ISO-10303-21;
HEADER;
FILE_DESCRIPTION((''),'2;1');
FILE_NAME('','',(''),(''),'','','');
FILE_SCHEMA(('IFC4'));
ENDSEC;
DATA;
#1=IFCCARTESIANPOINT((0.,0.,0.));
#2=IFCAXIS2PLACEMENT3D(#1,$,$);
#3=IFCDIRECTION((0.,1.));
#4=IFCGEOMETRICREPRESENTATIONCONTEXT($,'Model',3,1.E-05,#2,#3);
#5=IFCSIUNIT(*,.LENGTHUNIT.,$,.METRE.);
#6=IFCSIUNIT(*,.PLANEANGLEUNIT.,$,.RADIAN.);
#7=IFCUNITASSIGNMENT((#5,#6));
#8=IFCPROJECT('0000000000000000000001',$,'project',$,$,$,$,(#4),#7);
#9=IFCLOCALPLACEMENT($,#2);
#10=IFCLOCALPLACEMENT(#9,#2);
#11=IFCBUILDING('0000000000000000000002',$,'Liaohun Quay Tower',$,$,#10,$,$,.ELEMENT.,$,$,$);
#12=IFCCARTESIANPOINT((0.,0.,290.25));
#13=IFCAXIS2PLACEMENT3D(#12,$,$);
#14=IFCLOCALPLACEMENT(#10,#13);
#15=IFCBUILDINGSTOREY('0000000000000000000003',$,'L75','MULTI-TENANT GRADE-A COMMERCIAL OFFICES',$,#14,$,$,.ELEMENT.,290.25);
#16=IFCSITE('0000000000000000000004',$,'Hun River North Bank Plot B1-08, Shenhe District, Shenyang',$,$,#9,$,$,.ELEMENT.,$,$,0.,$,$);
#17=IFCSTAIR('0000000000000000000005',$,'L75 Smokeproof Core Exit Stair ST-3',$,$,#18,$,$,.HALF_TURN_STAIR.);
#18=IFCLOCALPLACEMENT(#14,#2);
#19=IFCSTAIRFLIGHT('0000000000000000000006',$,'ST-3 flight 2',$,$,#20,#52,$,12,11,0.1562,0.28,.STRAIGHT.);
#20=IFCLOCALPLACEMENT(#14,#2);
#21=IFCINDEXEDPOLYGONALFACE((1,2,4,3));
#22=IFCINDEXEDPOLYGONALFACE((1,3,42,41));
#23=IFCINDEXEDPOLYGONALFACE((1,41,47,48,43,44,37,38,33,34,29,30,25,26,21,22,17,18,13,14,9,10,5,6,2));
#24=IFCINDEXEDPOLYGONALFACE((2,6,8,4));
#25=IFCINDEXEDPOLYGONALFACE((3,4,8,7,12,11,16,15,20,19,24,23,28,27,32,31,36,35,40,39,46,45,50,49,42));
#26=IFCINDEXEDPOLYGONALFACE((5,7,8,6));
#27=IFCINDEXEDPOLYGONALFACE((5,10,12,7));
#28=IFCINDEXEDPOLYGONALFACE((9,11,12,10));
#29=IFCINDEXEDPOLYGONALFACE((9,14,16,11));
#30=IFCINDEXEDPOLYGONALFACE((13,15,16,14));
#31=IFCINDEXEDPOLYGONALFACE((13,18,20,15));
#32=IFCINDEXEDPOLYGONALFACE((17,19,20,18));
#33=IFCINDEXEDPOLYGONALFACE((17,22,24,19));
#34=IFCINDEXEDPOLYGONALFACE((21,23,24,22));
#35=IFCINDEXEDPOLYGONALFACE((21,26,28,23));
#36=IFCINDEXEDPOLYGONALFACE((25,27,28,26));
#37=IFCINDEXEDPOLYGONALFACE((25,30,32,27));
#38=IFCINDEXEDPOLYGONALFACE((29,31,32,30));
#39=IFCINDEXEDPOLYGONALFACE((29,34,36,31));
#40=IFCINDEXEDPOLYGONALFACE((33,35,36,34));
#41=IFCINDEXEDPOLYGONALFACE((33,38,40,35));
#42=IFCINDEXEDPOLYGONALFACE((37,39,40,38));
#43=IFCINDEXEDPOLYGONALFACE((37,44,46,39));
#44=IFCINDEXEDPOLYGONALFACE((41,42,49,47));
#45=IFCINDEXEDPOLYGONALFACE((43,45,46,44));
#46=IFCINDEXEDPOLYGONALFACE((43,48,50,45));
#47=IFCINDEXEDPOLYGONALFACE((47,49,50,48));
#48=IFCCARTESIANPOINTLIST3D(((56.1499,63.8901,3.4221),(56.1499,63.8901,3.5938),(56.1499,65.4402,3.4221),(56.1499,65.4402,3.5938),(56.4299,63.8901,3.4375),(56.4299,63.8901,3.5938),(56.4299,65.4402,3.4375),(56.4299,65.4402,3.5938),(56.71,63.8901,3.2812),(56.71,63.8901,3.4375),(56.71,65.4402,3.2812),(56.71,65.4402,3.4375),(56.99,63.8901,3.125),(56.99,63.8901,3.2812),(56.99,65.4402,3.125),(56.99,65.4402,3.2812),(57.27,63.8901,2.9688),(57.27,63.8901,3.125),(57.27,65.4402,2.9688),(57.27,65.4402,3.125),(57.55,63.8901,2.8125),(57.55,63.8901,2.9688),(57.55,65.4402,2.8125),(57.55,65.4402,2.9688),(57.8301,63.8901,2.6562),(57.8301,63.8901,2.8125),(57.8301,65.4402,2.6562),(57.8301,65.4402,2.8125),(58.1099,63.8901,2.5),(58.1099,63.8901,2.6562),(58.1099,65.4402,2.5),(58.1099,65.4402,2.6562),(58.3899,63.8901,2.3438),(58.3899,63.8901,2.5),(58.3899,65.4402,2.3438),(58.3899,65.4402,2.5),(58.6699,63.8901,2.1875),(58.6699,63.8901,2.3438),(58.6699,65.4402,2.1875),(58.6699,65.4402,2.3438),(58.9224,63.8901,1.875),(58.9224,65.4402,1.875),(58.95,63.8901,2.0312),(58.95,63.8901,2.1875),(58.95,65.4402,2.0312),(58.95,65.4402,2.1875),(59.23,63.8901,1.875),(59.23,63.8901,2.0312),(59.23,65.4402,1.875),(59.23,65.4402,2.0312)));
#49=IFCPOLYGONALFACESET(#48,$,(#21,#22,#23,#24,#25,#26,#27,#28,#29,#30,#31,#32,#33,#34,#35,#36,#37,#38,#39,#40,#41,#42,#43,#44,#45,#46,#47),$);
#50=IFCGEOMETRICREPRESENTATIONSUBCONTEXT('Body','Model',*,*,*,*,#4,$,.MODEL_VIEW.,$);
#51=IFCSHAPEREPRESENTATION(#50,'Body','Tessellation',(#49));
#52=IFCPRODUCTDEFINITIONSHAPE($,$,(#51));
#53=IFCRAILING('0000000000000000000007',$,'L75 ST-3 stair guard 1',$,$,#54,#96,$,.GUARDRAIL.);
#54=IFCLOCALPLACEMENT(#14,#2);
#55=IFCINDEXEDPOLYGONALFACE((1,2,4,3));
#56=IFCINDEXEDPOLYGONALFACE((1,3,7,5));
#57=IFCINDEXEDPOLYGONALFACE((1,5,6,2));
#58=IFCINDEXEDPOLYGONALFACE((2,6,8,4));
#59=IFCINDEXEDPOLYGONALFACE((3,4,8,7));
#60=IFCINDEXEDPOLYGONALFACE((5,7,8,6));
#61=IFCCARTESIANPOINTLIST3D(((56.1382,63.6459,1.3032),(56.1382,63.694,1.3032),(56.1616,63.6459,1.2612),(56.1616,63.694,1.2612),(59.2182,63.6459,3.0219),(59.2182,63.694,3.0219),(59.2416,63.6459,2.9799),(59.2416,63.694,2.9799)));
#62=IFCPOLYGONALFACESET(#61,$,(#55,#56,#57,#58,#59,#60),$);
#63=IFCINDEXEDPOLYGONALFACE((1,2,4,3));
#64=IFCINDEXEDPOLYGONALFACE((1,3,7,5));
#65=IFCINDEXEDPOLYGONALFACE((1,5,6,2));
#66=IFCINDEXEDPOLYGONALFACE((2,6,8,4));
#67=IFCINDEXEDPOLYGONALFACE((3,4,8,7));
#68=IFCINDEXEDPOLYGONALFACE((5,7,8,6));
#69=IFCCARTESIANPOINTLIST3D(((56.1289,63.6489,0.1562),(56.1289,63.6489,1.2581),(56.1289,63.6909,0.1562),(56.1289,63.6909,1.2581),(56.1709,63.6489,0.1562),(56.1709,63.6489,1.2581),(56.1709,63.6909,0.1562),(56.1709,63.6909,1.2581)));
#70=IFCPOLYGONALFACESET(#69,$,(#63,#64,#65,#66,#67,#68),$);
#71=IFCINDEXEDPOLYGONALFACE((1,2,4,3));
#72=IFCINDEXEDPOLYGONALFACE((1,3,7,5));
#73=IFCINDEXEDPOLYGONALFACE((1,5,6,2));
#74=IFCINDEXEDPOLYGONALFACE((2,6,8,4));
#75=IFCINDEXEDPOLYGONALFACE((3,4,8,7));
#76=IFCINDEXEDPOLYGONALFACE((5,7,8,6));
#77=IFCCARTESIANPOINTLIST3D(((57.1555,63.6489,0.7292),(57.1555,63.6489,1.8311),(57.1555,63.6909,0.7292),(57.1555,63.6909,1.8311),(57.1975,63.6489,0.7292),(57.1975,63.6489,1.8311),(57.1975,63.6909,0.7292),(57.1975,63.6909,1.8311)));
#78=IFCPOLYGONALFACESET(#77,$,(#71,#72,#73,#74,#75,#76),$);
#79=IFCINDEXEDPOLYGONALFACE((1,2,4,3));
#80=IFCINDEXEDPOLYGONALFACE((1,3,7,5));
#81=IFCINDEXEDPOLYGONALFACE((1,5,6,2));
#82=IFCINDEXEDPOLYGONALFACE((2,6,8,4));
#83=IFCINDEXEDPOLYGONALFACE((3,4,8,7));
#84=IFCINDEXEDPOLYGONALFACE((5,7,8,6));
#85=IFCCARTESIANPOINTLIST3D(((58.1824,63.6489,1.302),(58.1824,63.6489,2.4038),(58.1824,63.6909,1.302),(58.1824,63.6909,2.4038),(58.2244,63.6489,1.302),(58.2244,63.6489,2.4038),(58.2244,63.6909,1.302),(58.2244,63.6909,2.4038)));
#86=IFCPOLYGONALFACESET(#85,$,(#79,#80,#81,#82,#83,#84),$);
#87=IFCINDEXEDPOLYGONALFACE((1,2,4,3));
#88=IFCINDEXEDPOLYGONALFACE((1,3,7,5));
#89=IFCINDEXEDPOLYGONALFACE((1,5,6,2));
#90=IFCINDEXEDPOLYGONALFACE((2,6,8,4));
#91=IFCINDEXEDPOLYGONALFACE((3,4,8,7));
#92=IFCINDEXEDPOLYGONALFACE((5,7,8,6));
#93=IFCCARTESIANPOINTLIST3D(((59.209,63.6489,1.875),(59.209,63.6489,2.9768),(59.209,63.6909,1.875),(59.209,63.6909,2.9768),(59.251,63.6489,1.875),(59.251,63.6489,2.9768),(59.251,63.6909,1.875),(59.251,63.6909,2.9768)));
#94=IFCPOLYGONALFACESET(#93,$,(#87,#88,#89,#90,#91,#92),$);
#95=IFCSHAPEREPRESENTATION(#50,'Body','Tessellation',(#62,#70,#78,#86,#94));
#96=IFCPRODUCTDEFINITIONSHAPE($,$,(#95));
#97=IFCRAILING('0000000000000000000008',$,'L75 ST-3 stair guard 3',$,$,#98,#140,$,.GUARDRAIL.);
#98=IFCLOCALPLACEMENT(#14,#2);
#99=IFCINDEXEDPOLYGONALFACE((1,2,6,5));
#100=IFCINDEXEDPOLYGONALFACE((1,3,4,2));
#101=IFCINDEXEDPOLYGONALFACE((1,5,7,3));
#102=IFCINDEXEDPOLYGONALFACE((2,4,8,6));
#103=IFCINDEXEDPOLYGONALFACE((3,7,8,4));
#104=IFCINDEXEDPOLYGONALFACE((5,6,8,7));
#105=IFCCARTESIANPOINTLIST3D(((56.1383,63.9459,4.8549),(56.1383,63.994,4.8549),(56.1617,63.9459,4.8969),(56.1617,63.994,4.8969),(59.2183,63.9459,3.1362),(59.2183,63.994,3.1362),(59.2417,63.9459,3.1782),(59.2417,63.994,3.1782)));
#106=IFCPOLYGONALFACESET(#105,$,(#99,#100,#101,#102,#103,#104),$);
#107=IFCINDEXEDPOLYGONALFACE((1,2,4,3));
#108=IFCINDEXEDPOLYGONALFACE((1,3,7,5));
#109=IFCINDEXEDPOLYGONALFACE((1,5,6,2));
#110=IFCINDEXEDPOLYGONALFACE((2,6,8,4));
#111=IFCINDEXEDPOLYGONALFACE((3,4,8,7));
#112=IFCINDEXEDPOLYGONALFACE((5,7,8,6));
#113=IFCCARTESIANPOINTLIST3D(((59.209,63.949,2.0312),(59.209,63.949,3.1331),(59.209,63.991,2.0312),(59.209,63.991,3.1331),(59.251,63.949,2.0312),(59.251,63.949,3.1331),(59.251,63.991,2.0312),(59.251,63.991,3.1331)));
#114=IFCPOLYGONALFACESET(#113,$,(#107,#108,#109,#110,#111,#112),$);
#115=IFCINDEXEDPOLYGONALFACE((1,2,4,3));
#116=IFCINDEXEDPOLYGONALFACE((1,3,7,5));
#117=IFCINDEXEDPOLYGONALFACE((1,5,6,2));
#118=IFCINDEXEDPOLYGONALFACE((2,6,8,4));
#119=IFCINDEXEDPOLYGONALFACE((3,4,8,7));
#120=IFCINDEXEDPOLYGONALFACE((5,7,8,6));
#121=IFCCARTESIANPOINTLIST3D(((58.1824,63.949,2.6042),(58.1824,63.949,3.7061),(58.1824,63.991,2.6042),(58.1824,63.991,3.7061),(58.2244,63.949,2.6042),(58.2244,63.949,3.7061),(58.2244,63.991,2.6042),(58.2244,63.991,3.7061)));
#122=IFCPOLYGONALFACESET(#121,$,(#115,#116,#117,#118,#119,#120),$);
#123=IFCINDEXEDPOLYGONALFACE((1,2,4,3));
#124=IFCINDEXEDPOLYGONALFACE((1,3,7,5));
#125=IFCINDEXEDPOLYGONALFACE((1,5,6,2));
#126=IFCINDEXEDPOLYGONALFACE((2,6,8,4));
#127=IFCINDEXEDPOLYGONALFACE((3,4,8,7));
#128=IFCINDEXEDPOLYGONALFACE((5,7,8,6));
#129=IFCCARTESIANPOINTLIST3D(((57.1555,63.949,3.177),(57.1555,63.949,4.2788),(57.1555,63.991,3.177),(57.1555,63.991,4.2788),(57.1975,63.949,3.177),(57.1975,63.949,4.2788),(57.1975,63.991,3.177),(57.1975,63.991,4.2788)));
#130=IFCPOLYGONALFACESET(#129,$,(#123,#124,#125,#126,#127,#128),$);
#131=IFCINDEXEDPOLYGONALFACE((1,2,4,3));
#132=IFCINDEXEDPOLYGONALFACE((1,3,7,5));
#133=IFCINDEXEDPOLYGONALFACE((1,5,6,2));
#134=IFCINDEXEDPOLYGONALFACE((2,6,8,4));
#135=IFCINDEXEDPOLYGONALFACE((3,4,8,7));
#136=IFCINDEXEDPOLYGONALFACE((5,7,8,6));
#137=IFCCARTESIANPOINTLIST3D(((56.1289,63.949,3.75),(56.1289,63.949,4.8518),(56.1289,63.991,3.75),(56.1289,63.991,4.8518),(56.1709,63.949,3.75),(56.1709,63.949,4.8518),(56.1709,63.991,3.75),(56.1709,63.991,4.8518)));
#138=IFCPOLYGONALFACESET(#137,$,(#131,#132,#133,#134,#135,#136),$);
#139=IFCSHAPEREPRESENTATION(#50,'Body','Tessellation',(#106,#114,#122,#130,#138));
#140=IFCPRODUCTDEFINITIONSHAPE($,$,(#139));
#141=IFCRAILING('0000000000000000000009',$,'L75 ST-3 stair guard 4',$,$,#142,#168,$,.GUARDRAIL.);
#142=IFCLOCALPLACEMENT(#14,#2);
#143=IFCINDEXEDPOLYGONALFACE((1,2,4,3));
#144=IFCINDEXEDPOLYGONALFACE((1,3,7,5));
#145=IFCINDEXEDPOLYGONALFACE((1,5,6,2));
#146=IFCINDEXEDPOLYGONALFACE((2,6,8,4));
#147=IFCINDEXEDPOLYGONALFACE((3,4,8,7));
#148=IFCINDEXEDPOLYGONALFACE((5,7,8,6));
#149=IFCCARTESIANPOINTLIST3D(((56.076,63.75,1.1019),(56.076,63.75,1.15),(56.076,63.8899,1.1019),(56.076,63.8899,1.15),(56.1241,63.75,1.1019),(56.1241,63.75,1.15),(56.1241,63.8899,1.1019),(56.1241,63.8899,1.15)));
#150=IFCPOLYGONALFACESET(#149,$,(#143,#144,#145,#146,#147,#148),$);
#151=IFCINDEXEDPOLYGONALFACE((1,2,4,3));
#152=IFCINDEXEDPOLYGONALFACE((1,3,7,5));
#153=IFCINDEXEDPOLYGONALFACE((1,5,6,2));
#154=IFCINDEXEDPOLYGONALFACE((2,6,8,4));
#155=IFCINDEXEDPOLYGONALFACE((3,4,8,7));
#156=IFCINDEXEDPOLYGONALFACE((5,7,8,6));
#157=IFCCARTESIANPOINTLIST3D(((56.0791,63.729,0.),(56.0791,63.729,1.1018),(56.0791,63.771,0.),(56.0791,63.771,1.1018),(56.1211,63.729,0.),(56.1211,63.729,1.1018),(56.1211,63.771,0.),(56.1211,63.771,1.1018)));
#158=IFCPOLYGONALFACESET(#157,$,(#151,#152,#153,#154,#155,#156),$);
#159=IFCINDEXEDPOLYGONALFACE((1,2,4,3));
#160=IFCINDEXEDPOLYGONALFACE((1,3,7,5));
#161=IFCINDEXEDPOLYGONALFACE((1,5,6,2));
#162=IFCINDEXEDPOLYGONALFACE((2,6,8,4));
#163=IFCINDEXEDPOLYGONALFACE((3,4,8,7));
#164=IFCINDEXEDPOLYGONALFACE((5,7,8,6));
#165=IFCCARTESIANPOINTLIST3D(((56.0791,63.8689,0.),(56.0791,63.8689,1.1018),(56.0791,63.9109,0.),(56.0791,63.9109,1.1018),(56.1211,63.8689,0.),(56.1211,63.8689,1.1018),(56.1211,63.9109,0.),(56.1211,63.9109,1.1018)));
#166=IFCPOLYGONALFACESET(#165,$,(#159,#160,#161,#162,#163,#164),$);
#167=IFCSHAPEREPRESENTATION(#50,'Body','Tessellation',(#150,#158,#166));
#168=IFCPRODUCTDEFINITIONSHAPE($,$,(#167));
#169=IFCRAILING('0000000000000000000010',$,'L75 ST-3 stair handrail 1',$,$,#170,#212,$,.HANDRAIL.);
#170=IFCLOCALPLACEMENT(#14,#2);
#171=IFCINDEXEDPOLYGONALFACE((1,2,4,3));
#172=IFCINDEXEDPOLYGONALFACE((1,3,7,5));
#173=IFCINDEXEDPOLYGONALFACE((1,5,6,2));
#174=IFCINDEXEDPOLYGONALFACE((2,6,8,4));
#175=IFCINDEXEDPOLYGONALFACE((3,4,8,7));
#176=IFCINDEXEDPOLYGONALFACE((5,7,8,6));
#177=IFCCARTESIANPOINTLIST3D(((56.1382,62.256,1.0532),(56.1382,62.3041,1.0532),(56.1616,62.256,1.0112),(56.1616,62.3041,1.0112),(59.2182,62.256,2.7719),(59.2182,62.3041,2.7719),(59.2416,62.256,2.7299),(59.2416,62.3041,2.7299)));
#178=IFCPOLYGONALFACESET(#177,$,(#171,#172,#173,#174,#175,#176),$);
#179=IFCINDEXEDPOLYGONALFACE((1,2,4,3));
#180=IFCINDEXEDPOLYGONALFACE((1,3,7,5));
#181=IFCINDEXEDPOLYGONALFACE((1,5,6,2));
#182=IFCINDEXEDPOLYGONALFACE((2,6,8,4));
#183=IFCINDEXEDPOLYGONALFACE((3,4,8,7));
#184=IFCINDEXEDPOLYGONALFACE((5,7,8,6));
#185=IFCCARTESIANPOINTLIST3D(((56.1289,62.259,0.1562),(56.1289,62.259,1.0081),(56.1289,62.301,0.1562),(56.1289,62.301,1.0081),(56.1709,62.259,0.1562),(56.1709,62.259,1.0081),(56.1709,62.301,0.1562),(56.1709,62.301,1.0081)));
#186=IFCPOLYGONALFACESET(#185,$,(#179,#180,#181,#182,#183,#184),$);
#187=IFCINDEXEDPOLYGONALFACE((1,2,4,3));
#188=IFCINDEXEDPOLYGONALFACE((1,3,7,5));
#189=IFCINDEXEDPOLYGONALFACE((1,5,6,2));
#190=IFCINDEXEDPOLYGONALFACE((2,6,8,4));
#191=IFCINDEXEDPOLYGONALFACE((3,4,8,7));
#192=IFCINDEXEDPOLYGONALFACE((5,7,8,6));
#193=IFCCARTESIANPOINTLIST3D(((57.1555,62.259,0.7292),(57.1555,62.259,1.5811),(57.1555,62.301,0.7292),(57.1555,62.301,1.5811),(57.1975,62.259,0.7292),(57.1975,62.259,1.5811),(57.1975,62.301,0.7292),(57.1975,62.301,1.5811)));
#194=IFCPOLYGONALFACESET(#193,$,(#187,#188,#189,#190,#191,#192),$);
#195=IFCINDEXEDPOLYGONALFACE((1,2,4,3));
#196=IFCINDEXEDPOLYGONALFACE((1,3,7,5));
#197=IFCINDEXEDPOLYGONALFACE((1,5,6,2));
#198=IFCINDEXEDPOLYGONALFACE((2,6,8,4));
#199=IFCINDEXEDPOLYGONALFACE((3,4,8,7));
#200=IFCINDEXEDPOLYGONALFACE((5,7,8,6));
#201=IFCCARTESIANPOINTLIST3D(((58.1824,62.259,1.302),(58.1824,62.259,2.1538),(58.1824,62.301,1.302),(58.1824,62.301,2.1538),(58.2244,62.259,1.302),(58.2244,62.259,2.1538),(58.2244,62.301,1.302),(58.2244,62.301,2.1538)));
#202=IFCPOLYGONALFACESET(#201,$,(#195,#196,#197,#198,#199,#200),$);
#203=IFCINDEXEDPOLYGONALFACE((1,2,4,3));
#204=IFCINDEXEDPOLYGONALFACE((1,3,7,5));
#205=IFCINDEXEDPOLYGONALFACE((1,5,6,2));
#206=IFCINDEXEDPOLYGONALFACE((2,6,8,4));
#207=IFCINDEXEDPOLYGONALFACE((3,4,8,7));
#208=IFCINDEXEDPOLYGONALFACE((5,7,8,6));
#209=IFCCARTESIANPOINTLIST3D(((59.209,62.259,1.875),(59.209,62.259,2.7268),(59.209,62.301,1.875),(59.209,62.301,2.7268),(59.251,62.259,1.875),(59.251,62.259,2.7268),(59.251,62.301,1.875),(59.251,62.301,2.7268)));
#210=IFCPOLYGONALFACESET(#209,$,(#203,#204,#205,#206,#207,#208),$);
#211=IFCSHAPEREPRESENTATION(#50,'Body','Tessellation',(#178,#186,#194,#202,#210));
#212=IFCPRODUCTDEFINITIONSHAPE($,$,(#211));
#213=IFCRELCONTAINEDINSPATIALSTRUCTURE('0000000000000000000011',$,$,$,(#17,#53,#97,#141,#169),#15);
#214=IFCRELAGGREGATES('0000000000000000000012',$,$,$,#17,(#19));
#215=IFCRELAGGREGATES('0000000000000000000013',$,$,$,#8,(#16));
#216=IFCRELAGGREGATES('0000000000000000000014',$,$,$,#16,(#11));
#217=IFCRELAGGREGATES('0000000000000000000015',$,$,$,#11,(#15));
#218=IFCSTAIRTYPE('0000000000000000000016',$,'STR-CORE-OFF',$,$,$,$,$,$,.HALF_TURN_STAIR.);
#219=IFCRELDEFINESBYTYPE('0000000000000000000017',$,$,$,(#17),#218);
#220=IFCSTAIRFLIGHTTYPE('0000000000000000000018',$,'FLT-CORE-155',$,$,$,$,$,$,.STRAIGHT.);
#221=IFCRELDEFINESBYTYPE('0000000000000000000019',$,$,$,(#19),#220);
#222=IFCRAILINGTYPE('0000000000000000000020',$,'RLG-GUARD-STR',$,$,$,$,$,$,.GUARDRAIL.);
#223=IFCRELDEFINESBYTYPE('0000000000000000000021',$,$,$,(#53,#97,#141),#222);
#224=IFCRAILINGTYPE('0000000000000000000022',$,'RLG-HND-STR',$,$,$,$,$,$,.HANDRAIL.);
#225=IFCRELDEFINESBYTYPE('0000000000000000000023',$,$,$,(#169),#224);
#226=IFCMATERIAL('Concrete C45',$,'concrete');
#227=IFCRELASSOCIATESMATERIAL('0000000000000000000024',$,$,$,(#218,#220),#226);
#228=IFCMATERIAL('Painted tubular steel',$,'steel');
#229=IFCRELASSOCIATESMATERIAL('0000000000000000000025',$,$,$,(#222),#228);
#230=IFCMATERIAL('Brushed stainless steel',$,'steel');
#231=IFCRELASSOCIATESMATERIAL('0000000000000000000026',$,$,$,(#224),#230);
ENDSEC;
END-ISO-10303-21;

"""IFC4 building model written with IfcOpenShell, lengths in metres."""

from ifc_helpers import new_model, si_unit, direction, frame, origin, origin_2d, place, context, subcontext, project, spatial, polyline, rectangle, outline, extrude, material, type_object, element, aggregate, save


model = new_model("IFC4")

# Units and contexts
model_context = context("Model", 3, precision=1e-05, world=origin(), true_north=direction((0.0, 1.0)))
body_context = subcontext(model_context, "Body", "Model", "MODEL_VIEW")
ifc_project = project(units=[si_unit("LENGTHUNIT", "METRE"), si_unit("PLANEANGLEUNIT", "RADIAN")], contexts=[model_context])

# Site, building, storey
site_placement = place(None, origin())
site = spatial("IfcSite", under=ifc_project, at=site_placement, Name="Hun River North Bank Plot B1-08, Shenhe District, Shenyang", CompositionType="ELEMENT", RefElevation=0.0)
building_placement = place(site_placement, origin())
building = spatial("IfcBuilding", under=site, at=building_placement, Name="Liaohun Quay Tower", CompositionType="ELEMENT")
storey_placement = place(building_placement, frame((0.0, 0.0, 290.25)))
storey = spatial("IfcBuildingStorey", under=building, at=storey_placement, Name="L75", Description="MULTI-TENANT GRADE-A COMMERCIAL OFFICES", CompositionType="ELEMENT", Elevation=290.25)

# Stair, stair flight
ifc_material_1 = material(Name="Concrete C45", Category="concrete")
stair_type = type_object("IfcStairType", Name="STR-CORE-OFF", PredefinedType="HALF_TURN_STAIR", material=ifc_material_1)
stair_placement = place(storey_placement, origin())
stair = element("IfcStair", 1, at=stair_placement, inside=storey, type_object=stair_type, Name="L75 Smokeproof Core Exit Stair ST-3", PredefinedType="HALF_TURN_STAIR")
stair_flight_type = type_object("IfcStairFlightType", Name="FLT-CORE-155", PredefinedType="STRAIGHT", material=ifc_material_1)
stair_flight_1_placement = place(storey_placement, frame((59.23, 64.665, 1.875), z_axis=(0.0, 0.0, 1.0), x_axis=(-1.0, 0.0, 0.0)))
stair_flight_1 = element("IfcStairFlight", 2, at=stair_flight_1_placement, type_object=stair_flight_type, Name="ST-3 flight 2", NumberOfRisers=12, NumberOfTreads=11, PredefinedType="STRAIGHT", RiserHeight=0.1562, TreadLength=0.28, context=body_context, shape_type="SweptSolid", body=[
    extrude(outline(polyline([(0.0, 0.0), (0.0, 0.1562), (0.28, 0.1562), (0.28, 0.3125), (0.5601, 0.3125), (0.5601, 0.4688), (0.8401, 0.4688), (0.8401, 0.625), (1.1201, 0.625), (1.1201, 0.7812), (1.3999, 0.7812), (1.3999, 0.9375), (1.6799, 0.9375), (1.6799, 1.0938), (1.96, 1.0938), (1.96, 1.25), (2.24, 1.25), (2.24, 1.4062), (2.52, 1.4062), (2.52, 1.5625), (2.8, 1.5625), (2.8, 1.7188), (3.0801, 1.7188), (3.0801, 1.875), (3.0801, 1.5471), (0.3076, 0.0), (0.0, 0.0)])), frame((0.0, 0.7749, 0.0), z_axis=(0.0, -1.0, 0.0), x_axis=(1.0, 0.0, 0.0)), (0.0, 0.0, 1.0), 1.55),
])
aggregate(stair, [stair_flight_1])

# Railings
ifc_material_2 = material(Name="Painted tubular steel", Category="steel")
railing_type_1 = type_object("IfcRailingType", Name="RLG-GUARD-STR", PredefinedType="GUARDRAIL", material=ifc_material_2)
railing_1_placement = place(storey_placement, frame((56.1499, 63.6699, 0.1562)))
element("IfcRailing", 3, at=railing_1_placement, inside=storey, type_object=railing_type_1, Name="L75 ST-3 stair guard 1", PredefinedType="GUARDRAIL", context=body_context, shape_type="SweptSolid", body=[
    extrude(rectangle(XDim=0.0481, YDim=0.0481, at=origin_2d()), frame((0.0, 0.0, 1.126), z_axis=(0.873242, 0.0, 0.487288), x_axis=(0.0, 1.0, 0.0)), (0.0, 0.0, 1.0), 3.5271),
    extrude(rectangle(XDim=0.042, YDim=0.042, at=origin_2d()), origin(), (0.0, 0.0, 1.0), 1.1018),
    extrude(rectangle(XDim=0.042, YDim=0.042, at=origin_2d()), frame((1.0266, 0.0, 0.573)), (0.0, 0.0, 1.0), 1.1018),
    extrude(rectangle(XDim=0.042, YDim=0.042, at=origin_2d()), frame((2.0535, 0.0, 1.1458)), (0.0, 0.0, 1.0), 1.1018),
    extrude(rectangle(XDim=0.042, YDim=0.042, at=origin_2d()), frame((3.0801, 0.0, 1.7188)), (0.0, 0.0, 1.0), 1.1018),
])
railing_2_placement = place(storey_placement, frame((59.23, 63.97, 2.0312)))
element("IfcRailing", 4, at=railing_2_placement, inside=storey, type_object=railing_type_1, Name="L75 ST-3 stair guard 3", PredefinedType="GUARDRAIL", context=body_context, shape_type="SweptSolid", body=[
    extrude(rectangle(XDim=0.0481, YDim=0.0481, at=origin_2d()), frame((0.0, 0.0, 1.126), z_axis=(-0.873242, 0.0, 0.487288), x_axis=(0.0, -1.0, 0.0)), (0.0, 0.0, 1.0), 3.5271),
    extrude(rectangle(XDim=0.042, YDim=0.042, at=origin_2d()), origin(), (0.0, 0.0, 1.0), 1.1018),
    extrude(rectangle(XDim=0.042, YDim=0.042, at=origin_2d()), frame((-1.0266, 0.0, 0.573)), (0.0, 0.0, 1.0), 1.1018),
    extrude(rectangle(XDim=0.042, YDim=0.042, at=origin_2d()), frame((-2.0535, 0.0, 1.1458)), (0.0, 0.0, 1.0), 1.1018),
    extrude(rectangle(XDim=0.042, YDim=0.042, at=origin_2d()), frame((-3.0801, 0.0, 1.7188)), (0.0, 0.0, 1.0), 1.1018),
])
railing_3_placement = place(storey_placement, frame((56.1001, 63.75, 0.0)))
element("IfcRailing", 5, at=railing_3_placement, inside=storey, type_object=railing_type_1, Name="L75 ST-3 stair guard 4", PredefinedType="GUARDRAIL", context=body_context, shape_type="SweptSolid", body=[
    extrude(rectangle(XDim=0.0481, YDim=0.0481, at=origin_2d()), frame((0.0, 0.0, 1.126), z_axis=(0.0, 1.0, 0.0), x_axis=(-1.0, 0.0, 0.0)), (0.0, 0.0, 1.0), 0.1399),
    extrude(rectangle(XDim=0.042, YDim=0.042, at=origin_2d()), origin(), (0.0, 0.0, 1.0), 1.1018),
    extrude(rectangle(XDim=0.042, YDim=0.042, at=origin_2d()), frame((0.0, 0.1399, 0.0)), (0.0, 0.0, 1.0), 1.1018),
])
ifc_material_3 = material(Name="Brushed stainless steel", Category="steel")
railing_type_2 = type_object("IfcRailingType", Name="RLG-HND-STR", PredefinedType="HANDRAIL", material=ifc_material_3)
railing_4_placement = place(storey_placement, frame((56.1499, 62.28, 0.1562)))
element("IfcRailing", 6, at=railing_4_placement, inside=storey, type_object=railing_type_2, Name="L75 ST-3 stair handrail 1", PredefinedType="HANDRAIL", context=body_context, shape_type="SweptSolid", body=[
    extrude(rectangle(XDim=0.0481, YDim=0.0481, at=origin_2d()), frame((0.0, 0.0, 0.876), z_axis=(0.873242, 0.0, 0.487288), x_axis=(0.0, 1.0, 0.0)), (0.0, 0.0, 1.0), 3.5271),
    extrude(rectangle(XDim=0.042, YDim=0.042, at=origin_2d()), origin(), (0.0, 0.0, 1.0), 0.8518),
    extrude(rectangle(XDim=0.042, YDim=0.042, at=origin_2d()), frame((1.0266, 0.0, 0.573)), (0.0, 0.0, 1.0), 0.8518),
    extrude(rectangle(XDim=0.042, YDim=0.042, at=origin_2d()), frame((2.0535, 0.0, 1.1458)), (0.0, 0.0, 1.0), 0.8518),
    extrude(rectangle(XDim=0.042, YDim=0.042, at=origin_2d()), frame((3.0801, 0.0, 1.7188)), (0.0, 0.0, 1.0), 0.8518),
])

save(model, "model.ifc")
